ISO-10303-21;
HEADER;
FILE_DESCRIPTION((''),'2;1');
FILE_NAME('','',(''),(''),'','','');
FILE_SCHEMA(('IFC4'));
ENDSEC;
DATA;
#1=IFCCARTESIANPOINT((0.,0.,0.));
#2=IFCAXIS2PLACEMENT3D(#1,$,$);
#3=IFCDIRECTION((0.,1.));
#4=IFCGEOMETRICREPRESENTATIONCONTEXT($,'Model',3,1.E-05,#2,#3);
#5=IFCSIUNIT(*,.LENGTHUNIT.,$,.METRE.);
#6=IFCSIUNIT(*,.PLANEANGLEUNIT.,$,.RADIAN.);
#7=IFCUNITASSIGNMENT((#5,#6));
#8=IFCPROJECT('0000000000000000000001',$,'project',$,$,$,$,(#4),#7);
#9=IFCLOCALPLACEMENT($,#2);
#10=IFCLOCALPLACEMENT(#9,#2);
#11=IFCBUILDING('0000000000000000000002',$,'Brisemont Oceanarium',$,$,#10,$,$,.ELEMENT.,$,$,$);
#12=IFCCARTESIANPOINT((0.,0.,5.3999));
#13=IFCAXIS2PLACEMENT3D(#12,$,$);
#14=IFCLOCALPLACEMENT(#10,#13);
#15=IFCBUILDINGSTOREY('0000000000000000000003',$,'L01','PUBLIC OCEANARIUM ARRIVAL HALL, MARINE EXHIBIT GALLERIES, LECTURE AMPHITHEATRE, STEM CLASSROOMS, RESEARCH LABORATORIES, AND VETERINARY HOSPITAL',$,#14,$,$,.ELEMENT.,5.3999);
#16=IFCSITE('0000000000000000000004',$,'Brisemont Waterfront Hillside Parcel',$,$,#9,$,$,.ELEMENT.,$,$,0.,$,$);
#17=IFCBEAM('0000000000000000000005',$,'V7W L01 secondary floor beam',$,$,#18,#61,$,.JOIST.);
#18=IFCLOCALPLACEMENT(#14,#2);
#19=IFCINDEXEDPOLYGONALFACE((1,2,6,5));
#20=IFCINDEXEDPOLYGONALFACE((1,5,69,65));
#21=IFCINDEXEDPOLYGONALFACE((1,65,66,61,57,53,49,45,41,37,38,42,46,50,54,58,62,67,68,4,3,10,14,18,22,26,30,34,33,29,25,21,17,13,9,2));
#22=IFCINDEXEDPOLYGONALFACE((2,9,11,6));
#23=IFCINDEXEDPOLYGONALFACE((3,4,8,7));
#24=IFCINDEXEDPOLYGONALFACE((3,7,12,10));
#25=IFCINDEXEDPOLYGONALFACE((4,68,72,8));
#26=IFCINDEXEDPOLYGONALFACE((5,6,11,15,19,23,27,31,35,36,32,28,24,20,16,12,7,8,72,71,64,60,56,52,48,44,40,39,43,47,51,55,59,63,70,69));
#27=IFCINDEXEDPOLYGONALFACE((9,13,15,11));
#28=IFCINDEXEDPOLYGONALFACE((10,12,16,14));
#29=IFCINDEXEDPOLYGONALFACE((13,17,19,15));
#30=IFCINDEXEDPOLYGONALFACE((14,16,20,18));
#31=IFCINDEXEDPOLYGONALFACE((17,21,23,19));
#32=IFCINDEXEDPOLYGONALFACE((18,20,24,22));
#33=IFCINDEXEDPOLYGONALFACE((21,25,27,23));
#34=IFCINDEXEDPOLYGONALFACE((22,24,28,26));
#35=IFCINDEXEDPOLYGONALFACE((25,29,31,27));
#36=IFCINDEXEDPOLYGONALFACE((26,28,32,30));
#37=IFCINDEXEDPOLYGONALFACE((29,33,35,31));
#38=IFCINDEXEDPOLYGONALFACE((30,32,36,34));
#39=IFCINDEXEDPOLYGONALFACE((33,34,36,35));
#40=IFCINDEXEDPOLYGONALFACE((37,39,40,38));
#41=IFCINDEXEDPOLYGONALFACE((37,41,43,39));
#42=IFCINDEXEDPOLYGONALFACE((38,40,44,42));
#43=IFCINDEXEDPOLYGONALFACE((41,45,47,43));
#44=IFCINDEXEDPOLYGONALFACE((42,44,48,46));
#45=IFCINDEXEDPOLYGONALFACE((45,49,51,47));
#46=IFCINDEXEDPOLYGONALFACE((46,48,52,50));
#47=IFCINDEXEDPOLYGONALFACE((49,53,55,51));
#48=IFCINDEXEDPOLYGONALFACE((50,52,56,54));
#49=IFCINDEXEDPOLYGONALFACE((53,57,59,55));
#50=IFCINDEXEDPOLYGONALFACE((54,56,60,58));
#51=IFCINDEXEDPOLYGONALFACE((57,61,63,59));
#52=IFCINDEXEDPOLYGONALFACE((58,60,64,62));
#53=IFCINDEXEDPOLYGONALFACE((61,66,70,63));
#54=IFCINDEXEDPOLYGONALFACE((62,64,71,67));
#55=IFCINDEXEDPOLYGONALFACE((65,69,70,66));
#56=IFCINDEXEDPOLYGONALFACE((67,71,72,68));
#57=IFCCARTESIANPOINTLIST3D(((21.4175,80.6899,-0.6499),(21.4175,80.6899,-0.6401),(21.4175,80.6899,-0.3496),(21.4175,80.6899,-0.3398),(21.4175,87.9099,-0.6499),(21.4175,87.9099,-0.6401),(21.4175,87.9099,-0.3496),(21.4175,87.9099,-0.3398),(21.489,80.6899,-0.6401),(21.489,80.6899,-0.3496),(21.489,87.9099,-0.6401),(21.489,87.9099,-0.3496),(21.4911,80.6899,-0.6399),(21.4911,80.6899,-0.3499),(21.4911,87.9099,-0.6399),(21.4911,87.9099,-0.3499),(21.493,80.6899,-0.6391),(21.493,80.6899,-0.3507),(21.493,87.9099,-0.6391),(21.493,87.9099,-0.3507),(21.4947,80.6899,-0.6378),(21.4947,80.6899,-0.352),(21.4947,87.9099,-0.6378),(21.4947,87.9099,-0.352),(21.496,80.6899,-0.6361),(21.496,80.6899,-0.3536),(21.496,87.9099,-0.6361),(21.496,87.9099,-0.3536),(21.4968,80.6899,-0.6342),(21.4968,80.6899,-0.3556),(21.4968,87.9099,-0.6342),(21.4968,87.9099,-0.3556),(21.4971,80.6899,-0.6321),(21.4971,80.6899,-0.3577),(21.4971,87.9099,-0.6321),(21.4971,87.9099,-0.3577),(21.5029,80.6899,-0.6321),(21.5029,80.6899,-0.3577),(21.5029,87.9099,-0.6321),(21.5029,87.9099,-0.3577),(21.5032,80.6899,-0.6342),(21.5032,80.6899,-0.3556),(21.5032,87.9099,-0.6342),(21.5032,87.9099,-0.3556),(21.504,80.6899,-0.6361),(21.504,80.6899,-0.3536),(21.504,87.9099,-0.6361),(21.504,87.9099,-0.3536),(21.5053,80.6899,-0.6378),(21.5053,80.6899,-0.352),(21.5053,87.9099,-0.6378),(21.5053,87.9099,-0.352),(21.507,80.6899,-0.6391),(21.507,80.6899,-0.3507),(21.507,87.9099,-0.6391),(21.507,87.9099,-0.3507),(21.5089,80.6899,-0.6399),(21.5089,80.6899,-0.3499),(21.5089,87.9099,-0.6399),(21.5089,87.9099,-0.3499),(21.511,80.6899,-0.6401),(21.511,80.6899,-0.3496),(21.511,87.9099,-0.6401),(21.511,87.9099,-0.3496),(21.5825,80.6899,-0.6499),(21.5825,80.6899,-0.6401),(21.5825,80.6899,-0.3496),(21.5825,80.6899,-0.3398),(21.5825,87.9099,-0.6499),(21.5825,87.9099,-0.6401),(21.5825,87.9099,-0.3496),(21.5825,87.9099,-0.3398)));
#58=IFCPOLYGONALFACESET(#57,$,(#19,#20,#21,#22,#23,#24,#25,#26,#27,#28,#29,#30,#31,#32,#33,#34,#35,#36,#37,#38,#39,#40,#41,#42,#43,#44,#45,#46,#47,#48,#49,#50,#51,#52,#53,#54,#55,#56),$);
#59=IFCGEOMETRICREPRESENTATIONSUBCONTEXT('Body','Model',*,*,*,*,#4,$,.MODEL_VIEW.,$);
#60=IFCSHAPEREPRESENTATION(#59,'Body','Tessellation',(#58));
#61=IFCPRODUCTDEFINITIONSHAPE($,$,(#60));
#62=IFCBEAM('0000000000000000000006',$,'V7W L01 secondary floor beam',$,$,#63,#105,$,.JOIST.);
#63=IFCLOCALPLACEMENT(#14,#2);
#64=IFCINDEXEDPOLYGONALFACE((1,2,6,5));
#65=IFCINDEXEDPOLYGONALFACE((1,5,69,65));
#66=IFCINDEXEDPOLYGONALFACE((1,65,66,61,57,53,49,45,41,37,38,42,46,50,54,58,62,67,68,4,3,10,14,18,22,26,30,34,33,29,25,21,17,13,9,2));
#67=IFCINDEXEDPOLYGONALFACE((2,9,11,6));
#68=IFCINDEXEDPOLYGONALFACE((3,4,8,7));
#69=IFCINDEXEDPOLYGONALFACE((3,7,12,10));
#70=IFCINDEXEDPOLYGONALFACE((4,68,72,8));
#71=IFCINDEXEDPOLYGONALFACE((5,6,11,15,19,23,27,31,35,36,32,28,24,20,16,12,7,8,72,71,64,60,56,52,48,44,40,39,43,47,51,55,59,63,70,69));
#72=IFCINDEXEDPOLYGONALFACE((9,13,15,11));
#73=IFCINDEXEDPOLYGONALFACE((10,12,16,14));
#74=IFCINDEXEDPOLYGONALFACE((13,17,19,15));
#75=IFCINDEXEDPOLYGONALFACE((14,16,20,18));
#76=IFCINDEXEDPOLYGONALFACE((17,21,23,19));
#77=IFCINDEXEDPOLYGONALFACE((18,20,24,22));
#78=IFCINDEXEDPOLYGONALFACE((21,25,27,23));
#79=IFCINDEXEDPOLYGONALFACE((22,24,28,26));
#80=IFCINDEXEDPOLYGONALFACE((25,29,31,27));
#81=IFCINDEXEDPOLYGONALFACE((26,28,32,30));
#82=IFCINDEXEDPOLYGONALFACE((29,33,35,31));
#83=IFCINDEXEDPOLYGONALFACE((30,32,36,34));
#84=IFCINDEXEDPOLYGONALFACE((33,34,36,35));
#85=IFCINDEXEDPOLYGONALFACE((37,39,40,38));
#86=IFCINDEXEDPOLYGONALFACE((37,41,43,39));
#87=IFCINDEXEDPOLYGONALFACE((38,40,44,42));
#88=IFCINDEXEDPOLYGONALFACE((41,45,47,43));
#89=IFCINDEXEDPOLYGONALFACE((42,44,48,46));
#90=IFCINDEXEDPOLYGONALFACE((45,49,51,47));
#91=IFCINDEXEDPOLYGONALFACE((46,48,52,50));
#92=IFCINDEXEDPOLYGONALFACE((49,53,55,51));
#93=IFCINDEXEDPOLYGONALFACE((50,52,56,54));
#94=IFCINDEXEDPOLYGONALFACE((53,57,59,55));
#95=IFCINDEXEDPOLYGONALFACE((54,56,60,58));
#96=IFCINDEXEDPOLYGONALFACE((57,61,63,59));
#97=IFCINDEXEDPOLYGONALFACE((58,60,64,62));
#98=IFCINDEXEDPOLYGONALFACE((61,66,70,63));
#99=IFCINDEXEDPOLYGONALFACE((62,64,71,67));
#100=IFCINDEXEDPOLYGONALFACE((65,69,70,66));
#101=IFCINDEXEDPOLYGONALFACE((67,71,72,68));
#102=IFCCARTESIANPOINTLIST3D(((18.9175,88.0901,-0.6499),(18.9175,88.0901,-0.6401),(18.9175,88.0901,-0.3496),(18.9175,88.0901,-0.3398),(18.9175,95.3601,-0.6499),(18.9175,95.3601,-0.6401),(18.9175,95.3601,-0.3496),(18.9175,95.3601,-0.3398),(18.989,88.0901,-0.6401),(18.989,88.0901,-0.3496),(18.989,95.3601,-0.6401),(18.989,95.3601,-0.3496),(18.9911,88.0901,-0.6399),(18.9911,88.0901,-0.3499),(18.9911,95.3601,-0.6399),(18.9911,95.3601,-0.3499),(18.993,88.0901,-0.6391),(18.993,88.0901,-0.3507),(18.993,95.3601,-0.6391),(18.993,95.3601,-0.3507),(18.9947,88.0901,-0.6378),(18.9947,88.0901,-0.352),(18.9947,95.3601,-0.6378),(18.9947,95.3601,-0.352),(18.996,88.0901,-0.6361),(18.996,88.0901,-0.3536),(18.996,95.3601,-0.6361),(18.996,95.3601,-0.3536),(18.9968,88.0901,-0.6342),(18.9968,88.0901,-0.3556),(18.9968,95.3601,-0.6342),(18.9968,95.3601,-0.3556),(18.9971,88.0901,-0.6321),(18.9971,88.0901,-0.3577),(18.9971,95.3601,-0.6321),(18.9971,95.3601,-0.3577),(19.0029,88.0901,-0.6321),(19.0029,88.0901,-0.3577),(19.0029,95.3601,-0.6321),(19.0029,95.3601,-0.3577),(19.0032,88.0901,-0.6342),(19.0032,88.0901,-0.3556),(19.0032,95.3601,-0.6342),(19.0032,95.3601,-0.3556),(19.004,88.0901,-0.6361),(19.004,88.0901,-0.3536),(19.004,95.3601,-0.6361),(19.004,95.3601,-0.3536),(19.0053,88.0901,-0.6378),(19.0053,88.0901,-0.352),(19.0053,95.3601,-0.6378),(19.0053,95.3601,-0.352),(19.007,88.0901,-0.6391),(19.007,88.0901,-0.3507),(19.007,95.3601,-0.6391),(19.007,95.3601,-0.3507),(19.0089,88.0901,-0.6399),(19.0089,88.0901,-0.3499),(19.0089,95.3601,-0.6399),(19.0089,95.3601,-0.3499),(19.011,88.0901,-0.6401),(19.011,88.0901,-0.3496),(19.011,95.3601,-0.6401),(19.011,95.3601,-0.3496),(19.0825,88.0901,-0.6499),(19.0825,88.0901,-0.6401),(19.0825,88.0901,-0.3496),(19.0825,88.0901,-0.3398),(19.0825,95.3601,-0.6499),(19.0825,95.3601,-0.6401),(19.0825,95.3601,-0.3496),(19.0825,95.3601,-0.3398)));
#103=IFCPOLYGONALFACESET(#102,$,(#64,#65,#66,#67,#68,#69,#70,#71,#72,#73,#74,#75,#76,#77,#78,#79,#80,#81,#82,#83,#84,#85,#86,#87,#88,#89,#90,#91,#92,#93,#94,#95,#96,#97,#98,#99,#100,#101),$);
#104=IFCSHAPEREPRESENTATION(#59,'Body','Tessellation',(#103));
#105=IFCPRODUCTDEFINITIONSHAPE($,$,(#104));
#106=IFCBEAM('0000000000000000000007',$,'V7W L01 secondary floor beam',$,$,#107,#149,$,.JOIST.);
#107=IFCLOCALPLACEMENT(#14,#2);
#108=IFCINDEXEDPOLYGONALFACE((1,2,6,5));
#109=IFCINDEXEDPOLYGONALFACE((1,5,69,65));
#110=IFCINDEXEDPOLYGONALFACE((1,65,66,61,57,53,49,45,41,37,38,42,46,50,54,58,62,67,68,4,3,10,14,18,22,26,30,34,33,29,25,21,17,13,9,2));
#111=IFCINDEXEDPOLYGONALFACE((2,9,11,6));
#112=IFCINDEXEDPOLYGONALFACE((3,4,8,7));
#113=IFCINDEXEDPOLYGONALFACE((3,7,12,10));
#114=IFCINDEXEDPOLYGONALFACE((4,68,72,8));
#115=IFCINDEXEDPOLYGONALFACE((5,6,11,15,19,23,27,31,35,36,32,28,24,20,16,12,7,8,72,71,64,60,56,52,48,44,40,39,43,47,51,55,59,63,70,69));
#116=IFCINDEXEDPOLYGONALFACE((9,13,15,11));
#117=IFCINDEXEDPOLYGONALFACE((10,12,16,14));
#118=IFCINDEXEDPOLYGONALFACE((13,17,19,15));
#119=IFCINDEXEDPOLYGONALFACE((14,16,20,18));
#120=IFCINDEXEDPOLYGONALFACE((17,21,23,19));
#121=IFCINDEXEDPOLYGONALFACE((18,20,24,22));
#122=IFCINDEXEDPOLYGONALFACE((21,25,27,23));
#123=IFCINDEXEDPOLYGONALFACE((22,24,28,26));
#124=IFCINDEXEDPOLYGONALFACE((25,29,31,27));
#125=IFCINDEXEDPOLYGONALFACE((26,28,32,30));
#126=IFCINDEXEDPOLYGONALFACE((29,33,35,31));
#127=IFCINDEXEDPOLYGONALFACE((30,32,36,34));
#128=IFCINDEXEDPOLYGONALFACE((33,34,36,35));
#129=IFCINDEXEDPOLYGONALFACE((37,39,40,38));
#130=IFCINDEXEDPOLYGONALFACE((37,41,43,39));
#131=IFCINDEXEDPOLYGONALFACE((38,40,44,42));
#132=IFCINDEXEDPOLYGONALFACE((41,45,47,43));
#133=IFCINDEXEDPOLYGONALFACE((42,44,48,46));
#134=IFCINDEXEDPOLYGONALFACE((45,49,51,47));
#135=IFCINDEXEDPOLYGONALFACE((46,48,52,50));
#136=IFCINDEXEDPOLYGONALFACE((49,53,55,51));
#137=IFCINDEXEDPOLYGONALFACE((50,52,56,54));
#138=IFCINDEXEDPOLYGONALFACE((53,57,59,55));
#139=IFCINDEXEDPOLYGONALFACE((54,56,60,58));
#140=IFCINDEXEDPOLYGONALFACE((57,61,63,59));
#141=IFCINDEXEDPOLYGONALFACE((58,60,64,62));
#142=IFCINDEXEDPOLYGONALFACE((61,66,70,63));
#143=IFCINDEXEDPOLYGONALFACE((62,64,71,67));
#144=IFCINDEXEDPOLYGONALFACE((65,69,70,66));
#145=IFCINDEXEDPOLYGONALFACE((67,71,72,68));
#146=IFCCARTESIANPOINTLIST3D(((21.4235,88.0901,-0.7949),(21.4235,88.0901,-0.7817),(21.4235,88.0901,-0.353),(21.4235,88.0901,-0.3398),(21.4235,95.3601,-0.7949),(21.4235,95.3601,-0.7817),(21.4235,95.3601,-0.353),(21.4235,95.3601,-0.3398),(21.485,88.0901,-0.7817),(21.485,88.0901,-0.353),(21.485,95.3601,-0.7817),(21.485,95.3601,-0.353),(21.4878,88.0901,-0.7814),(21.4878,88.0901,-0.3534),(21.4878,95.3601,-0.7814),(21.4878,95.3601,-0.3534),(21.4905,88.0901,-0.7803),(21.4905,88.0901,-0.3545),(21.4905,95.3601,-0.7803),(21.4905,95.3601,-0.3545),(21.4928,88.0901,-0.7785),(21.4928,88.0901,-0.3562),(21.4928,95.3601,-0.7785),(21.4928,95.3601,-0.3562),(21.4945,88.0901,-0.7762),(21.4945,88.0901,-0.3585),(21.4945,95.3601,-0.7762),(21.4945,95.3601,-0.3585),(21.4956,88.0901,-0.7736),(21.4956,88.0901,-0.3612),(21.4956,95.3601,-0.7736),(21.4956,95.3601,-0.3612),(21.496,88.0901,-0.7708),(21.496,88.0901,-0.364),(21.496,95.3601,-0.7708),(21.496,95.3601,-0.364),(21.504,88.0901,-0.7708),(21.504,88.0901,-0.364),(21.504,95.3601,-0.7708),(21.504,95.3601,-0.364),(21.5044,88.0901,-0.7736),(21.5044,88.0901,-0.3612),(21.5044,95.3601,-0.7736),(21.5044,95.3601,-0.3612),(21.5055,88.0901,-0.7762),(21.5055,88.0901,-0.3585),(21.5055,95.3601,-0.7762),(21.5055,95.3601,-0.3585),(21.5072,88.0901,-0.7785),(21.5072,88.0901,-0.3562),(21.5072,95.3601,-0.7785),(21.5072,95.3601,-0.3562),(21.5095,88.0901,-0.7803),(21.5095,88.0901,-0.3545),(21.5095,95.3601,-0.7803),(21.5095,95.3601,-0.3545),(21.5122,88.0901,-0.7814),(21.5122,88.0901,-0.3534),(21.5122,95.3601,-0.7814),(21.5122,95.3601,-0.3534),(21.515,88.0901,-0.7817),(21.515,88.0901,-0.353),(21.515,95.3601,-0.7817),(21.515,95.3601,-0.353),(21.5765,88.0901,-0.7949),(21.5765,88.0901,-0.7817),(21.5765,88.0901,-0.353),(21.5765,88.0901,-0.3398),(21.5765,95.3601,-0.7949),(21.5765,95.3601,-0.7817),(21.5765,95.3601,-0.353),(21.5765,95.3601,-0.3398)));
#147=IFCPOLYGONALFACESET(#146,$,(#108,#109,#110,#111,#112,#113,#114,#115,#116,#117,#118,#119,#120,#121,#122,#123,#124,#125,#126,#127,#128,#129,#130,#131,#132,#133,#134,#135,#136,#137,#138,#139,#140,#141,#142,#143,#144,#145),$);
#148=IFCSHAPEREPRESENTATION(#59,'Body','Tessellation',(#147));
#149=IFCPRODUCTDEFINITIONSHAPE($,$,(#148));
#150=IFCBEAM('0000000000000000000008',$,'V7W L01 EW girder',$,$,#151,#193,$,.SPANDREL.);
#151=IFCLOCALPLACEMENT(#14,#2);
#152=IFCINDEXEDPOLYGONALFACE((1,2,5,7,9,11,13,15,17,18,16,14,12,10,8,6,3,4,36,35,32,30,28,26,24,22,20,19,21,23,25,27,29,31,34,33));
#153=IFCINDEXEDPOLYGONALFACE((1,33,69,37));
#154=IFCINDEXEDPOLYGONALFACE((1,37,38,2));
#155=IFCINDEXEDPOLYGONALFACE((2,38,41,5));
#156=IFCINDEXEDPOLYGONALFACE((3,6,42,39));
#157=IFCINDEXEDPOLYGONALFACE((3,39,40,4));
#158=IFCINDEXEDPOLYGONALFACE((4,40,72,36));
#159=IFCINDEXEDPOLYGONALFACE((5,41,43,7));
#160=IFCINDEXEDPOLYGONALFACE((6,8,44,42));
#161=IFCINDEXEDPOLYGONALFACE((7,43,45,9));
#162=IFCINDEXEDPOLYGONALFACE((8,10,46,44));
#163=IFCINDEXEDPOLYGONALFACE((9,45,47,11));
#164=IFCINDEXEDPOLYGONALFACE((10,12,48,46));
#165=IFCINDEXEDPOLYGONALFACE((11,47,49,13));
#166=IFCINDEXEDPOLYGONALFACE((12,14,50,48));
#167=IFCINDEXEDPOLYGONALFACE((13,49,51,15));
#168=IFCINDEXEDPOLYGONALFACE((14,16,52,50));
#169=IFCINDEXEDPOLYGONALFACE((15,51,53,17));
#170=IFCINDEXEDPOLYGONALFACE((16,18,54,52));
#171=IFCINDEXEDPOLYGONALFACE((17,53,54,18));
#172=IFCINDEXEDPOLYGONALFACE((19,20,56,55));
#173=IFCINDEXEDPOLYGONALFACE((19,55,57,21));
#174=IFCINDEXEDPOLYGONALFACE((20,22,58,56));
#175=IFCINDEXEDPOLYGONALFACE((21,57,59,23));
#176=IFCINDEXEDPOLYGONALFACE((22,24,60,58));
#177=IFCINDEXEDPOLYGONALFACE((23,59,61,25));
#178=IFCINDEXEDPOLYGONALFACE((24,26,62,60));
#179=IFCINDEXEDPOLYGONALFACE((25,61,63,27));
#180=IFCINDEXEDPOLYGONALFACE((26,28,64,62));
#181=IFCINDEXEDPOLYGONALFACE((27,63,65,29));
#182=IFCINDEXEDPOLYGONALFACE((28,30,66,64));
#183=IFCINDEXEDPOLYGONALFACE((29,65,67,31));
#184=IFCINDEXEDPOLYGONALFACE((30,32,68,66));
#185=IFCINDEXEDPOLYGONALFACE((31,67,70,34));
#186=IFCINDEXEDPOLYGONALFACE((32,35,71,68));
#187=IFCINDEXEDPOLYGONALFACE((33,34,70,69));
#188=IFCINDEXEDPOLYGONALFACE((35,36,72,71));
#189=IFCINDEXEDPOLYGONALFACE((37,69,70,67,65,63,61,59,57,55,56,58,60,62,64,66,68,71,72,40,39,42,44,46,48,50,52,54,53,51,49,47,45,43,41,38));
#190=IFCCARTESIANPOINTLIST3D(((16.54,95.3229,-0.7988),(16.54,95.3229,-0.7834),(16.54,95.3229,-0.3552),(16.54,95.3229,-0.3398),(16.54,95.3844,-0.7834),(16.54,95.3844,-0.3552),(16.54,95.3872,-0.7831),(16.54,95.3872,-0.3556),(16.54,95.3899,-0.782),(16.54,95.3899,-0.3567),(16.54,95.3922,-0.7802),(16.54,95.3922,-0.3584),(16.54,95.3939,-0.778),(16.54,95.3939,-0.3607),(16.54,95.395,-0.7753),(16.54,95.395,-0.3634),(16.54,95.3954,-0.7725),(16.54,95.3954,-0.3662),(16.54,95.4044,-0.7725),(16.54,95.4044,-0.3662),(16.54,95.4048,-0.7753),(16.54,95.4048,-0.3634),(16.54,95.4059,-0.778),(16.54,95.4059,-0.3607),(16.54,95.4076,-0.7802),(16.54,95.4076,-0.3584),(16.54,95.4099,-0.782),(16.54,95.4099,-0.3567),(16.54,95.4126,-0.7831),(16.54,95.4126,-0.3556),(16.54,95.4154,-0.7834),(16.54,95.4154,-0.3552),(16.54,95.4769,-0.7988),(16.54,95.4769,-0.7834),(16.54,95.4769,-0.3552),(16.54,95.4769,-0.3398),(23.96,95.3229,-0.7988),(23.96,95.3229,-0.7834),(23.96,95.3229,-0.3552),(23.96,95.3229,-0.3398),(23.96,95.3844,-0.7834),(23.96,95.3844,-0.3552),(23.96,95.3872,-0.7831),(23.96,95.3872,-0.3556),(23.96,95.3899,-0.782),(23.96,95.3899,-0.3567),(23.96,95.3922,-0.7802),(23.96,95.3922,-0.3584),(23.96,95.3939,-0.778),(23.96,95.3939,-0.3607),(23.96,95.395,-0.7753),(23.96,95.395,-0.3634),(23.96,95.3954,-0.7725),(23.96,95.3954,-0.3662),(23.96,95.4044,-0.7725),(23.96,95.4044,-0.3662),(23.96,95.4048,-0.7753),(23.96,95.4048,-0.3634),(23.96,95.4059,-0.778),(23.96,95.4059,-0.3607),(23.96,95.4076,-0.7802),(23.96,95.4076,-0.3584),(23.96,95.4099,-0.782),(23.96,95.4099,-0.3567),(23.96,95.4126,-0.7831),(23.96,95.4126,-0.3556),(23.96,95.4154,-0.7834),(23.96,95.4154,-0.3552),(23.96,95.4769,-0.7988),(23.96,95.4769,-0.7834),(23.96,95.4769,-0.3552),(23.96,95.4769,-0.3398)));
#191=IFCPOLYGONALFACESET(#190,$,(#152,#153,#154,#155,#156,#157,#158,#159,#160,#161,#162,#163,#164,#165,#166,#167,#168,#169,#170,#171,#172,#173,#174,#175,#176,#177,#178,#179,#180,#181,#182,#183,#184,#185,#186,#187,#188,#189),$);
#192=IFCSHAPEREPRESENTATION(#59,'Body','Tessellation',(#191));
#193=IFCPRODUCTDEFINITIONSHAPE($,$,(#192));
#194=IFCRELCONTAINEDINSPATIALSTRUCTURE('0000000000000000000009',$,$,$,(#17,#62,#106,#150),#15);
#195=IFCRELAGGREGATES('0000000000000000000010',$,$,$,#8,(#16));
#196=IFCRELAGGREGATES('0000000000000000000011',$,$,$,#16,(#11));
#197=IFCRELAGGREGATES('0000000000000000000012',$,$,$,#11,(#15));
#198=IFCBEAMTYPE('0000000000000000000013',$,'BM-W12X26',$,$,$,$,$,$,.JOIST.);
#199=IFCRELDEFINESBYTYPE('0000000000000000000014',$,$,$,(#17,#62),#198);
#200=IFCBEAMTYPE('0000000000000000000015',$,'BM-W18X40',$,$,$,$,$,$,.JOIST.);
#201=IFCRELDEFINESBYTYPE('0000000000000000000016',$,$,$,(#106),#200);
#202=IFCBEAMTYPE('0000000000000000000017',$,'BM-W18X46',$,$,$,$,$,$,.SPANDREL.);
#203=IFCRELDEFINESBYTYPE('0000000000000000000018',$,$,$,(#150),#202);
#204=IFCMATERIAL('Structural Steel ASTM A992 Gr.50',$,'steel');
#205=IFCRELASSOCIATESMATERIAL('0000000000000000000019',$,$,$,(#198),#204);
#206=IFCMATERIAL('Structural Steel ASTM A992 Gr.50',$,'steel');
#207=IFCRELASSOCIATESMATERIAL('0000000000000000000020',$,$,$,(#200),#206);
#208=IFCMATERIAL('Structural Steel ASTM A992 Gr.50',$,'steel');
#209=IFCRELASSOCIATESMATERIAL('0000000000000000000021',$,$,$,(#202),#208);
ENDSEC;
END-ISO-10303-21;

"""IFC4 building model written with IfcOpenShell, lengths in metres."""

from ifc_helpers import new_model, si_unit, direction, frame, origin, origin_2d, place, context, subcontext, project, spatial, i_section, extrude, material, material_profile, profile_set, type_object, element, save


model = new_model("IFC4")

# Units and contexts
model_context = context("Model", 3, precision=1e-05, world=origin(), true_north=direction((0.0, 1.0)))
body_context = subcontext(model_context, "Body", "Model", "MODEL_VIEW")
ifc_project = project(units=[si_unit("LENGTHUNIT", "METRE"), si_unit("PLANEANGLEUNIT", "RADIAN")], contexts=[model_context])

# Site, building, storey
site_placement = place(None, origin())
site = spatial("IfcSite", under=ifc_project, at=site_placement, Name="Brisemont Waterfront Hillside Parcel", CompositionType="ELEMENT", RefElevation=0.0)
building_placement = place(site_placement, origin())
building = spatial("IfcBuilding", under=site, at=building_placement, Name="Brisemont Oceanarium", CompositionType="ELEMENT")
storey_placement = place(building_placement, frame((0.0, 0.0, 5.3999)))
storey = spatial("IfcBuildingStorey", under=building, at=storey_placement, Name="L01", Description="PUBLIC OCEANARIUM ARRIVAL HALL, MARINE EXHIBIT GALLERIES, LECTURE AMPHITHEATRE, STEM CLASSROOMS, RESEARCH LABORATORIES, AND VETERINARY HOSPITAL", CompositionType="ELEMENT", Elevation=5.3999)

# Beams
ifc_material_1 = material(Name="Structural Steel ASTM A992 Gr.50", Category="steel")
ifc_material_profile_1 = material_profile(ifc_material_1, i_section(OverallWidth=0.165, OverallDepth=0.3101, WebThickness=0.0059, FlangeThickness=0.0098, FilletRadius=0.0081, at=origin_2d()), Name="W12X26")
ifc_profile_set_1 = profile_set([ifc_material_profile_1], Name="Structural Steel ASTM A992 Gr.50")
beam_type_1 = type_object("IfcBeamType", Name="BM-W12X26", PredefinedType="JOIST", material=ifc_profile_set_1)
beam_1_placement = place(storey_placement, frame((21.5, 80.6899, -0.4949), z_axis=(0.0, 1.0, 0.0), x_axis=(-1.0, 0.0, 0.0)))
element("IfcBeam", 1, at=beam_1_placement, inside=storey, type_object=beam_type_1, Name="V7W L01 secondary floor beam", PredefinedType="JOIST", context=body_context, shape_type="SweptSolid", body=[
    extrude(i_section(OverallWidth=0.165, OverallDepth=0.3101, WebThickness=0.0059, FlangeThickness=0.0098, FilletRadius=0.0081, at=origin_2d()), origin(), (0.0, 0.0, 1.0), 7.22),
])
beam_2_placement = place(storey_placement, frame((19.0, 88.0901, -0.4949), z_axis=(0.0, 1.0, 0.0), x_axis=(-1.0, 0.0, 0.0)))
element("IfcBeam", 2, at=beam_2_placement, inside=storey, type_object=beam_type_1, Name="V7W L01 secondary floor beam", PredefinedType="JOIST", context=body_context, shape_type="SweptSolid", body=[
    extrude(i_section(OverallWidth=0.165, OverallDepth=0.3101, WebThickness=0.0059, FlangeThickness=0.0098, FilletRadius=0.0081, at=origin_2d()), origin(), (0.0, 0.0, 1.0), 7.27),
])
ifc_material_2 = material(Name="Structural Steel ASTM A992 Gr.50", Category="steel")
ifc_material_profile_2 = material_profile(ifc_material_2, i_section(OverallWidth=0.1531, OverallDepth=0.4551, WebThickness=0.0081, FlangeThickness=0.0132, FilletRadius=0.011, at=origin_2d()), Name="W18X40")
ifc_profile_set_2 = profile_set([ifc_material_profile_2], Name="Structural Steel ASTM A992 Gr.50")
beam_type_2 = type_object("IfcBeamType", Name="BM-W18X40", PredefinedType="JOIST", material=ifc_profile_set_2)
beam_3_placement = place(storey_placement, frame((21.5, 88.0901, -0.5674), z_axis=(0.0, 1.0, 0.0), x_axis=(-1.0, 0.0, 0.0)))
element("IfcBeam", 3, at=beam_3_placement, inside=storey, type_object=beam_type_2, Name="V7W L01 secondary floor beam", PredefinedType="JOIST", context=body_context, shape_type="SweptSolid", body=[
    extrude(i_section(OverallWidth=0.1531, OverallDepth=0.4551, WebThickness=0.0081, FlangeThickness=0.0132, FilletRadius=0.011, at=origin_2d()), origin(), (0.0, 0.0, 1.0), 7.27),
])
ifc_material_3 = material(Name="Structural Steel ASTM A992 Gr.50", Category="steel")
ifc_material_profile_3 = material_profile(ifc_material_3, i_section(OverallWidth=0.1541, OverallDepth=0.459, WebThickness=0.009, FlangeThickness=0.0154, FilletRadius=0.011, at=origin_2d()), Name="W18X46")
ifc_profile_set_3 = profile_set([ifc_material_profile_3], Name="Structural Steel ASTM A992 Gr.50")
beam_type_3 = type_object("IfcBeamType", Name="BM-W18X46", PredefinedType="SPANDREL", material=ifc_profile_set_3)
beam_4_placement = place(storey_placement, frame((16.54, 95.3999, -0.5693), z_axis=(1.0, 0.0, 0.0), x_axis=(0.0, 1.0, 0.0)))
element("IfcBeam", 4, at=beam_4_placement, inside=storey, type_object=beam_type_3, Name="V7W L01 EW girder", PredefinedType="SPANDREL", context=body_context, shape_type="SweptSolid", body=[
    extrude(i_section(OverallWidth=0.1541, OverallDepth=0.459, WebThickness=0.009, FlangeThickness=0.0154, FilletRadius=0.011, at=origin_2d()), origin(), (0.0, 0.0, 1.0), 7.4199),
])

save(model, "model.ifc")
